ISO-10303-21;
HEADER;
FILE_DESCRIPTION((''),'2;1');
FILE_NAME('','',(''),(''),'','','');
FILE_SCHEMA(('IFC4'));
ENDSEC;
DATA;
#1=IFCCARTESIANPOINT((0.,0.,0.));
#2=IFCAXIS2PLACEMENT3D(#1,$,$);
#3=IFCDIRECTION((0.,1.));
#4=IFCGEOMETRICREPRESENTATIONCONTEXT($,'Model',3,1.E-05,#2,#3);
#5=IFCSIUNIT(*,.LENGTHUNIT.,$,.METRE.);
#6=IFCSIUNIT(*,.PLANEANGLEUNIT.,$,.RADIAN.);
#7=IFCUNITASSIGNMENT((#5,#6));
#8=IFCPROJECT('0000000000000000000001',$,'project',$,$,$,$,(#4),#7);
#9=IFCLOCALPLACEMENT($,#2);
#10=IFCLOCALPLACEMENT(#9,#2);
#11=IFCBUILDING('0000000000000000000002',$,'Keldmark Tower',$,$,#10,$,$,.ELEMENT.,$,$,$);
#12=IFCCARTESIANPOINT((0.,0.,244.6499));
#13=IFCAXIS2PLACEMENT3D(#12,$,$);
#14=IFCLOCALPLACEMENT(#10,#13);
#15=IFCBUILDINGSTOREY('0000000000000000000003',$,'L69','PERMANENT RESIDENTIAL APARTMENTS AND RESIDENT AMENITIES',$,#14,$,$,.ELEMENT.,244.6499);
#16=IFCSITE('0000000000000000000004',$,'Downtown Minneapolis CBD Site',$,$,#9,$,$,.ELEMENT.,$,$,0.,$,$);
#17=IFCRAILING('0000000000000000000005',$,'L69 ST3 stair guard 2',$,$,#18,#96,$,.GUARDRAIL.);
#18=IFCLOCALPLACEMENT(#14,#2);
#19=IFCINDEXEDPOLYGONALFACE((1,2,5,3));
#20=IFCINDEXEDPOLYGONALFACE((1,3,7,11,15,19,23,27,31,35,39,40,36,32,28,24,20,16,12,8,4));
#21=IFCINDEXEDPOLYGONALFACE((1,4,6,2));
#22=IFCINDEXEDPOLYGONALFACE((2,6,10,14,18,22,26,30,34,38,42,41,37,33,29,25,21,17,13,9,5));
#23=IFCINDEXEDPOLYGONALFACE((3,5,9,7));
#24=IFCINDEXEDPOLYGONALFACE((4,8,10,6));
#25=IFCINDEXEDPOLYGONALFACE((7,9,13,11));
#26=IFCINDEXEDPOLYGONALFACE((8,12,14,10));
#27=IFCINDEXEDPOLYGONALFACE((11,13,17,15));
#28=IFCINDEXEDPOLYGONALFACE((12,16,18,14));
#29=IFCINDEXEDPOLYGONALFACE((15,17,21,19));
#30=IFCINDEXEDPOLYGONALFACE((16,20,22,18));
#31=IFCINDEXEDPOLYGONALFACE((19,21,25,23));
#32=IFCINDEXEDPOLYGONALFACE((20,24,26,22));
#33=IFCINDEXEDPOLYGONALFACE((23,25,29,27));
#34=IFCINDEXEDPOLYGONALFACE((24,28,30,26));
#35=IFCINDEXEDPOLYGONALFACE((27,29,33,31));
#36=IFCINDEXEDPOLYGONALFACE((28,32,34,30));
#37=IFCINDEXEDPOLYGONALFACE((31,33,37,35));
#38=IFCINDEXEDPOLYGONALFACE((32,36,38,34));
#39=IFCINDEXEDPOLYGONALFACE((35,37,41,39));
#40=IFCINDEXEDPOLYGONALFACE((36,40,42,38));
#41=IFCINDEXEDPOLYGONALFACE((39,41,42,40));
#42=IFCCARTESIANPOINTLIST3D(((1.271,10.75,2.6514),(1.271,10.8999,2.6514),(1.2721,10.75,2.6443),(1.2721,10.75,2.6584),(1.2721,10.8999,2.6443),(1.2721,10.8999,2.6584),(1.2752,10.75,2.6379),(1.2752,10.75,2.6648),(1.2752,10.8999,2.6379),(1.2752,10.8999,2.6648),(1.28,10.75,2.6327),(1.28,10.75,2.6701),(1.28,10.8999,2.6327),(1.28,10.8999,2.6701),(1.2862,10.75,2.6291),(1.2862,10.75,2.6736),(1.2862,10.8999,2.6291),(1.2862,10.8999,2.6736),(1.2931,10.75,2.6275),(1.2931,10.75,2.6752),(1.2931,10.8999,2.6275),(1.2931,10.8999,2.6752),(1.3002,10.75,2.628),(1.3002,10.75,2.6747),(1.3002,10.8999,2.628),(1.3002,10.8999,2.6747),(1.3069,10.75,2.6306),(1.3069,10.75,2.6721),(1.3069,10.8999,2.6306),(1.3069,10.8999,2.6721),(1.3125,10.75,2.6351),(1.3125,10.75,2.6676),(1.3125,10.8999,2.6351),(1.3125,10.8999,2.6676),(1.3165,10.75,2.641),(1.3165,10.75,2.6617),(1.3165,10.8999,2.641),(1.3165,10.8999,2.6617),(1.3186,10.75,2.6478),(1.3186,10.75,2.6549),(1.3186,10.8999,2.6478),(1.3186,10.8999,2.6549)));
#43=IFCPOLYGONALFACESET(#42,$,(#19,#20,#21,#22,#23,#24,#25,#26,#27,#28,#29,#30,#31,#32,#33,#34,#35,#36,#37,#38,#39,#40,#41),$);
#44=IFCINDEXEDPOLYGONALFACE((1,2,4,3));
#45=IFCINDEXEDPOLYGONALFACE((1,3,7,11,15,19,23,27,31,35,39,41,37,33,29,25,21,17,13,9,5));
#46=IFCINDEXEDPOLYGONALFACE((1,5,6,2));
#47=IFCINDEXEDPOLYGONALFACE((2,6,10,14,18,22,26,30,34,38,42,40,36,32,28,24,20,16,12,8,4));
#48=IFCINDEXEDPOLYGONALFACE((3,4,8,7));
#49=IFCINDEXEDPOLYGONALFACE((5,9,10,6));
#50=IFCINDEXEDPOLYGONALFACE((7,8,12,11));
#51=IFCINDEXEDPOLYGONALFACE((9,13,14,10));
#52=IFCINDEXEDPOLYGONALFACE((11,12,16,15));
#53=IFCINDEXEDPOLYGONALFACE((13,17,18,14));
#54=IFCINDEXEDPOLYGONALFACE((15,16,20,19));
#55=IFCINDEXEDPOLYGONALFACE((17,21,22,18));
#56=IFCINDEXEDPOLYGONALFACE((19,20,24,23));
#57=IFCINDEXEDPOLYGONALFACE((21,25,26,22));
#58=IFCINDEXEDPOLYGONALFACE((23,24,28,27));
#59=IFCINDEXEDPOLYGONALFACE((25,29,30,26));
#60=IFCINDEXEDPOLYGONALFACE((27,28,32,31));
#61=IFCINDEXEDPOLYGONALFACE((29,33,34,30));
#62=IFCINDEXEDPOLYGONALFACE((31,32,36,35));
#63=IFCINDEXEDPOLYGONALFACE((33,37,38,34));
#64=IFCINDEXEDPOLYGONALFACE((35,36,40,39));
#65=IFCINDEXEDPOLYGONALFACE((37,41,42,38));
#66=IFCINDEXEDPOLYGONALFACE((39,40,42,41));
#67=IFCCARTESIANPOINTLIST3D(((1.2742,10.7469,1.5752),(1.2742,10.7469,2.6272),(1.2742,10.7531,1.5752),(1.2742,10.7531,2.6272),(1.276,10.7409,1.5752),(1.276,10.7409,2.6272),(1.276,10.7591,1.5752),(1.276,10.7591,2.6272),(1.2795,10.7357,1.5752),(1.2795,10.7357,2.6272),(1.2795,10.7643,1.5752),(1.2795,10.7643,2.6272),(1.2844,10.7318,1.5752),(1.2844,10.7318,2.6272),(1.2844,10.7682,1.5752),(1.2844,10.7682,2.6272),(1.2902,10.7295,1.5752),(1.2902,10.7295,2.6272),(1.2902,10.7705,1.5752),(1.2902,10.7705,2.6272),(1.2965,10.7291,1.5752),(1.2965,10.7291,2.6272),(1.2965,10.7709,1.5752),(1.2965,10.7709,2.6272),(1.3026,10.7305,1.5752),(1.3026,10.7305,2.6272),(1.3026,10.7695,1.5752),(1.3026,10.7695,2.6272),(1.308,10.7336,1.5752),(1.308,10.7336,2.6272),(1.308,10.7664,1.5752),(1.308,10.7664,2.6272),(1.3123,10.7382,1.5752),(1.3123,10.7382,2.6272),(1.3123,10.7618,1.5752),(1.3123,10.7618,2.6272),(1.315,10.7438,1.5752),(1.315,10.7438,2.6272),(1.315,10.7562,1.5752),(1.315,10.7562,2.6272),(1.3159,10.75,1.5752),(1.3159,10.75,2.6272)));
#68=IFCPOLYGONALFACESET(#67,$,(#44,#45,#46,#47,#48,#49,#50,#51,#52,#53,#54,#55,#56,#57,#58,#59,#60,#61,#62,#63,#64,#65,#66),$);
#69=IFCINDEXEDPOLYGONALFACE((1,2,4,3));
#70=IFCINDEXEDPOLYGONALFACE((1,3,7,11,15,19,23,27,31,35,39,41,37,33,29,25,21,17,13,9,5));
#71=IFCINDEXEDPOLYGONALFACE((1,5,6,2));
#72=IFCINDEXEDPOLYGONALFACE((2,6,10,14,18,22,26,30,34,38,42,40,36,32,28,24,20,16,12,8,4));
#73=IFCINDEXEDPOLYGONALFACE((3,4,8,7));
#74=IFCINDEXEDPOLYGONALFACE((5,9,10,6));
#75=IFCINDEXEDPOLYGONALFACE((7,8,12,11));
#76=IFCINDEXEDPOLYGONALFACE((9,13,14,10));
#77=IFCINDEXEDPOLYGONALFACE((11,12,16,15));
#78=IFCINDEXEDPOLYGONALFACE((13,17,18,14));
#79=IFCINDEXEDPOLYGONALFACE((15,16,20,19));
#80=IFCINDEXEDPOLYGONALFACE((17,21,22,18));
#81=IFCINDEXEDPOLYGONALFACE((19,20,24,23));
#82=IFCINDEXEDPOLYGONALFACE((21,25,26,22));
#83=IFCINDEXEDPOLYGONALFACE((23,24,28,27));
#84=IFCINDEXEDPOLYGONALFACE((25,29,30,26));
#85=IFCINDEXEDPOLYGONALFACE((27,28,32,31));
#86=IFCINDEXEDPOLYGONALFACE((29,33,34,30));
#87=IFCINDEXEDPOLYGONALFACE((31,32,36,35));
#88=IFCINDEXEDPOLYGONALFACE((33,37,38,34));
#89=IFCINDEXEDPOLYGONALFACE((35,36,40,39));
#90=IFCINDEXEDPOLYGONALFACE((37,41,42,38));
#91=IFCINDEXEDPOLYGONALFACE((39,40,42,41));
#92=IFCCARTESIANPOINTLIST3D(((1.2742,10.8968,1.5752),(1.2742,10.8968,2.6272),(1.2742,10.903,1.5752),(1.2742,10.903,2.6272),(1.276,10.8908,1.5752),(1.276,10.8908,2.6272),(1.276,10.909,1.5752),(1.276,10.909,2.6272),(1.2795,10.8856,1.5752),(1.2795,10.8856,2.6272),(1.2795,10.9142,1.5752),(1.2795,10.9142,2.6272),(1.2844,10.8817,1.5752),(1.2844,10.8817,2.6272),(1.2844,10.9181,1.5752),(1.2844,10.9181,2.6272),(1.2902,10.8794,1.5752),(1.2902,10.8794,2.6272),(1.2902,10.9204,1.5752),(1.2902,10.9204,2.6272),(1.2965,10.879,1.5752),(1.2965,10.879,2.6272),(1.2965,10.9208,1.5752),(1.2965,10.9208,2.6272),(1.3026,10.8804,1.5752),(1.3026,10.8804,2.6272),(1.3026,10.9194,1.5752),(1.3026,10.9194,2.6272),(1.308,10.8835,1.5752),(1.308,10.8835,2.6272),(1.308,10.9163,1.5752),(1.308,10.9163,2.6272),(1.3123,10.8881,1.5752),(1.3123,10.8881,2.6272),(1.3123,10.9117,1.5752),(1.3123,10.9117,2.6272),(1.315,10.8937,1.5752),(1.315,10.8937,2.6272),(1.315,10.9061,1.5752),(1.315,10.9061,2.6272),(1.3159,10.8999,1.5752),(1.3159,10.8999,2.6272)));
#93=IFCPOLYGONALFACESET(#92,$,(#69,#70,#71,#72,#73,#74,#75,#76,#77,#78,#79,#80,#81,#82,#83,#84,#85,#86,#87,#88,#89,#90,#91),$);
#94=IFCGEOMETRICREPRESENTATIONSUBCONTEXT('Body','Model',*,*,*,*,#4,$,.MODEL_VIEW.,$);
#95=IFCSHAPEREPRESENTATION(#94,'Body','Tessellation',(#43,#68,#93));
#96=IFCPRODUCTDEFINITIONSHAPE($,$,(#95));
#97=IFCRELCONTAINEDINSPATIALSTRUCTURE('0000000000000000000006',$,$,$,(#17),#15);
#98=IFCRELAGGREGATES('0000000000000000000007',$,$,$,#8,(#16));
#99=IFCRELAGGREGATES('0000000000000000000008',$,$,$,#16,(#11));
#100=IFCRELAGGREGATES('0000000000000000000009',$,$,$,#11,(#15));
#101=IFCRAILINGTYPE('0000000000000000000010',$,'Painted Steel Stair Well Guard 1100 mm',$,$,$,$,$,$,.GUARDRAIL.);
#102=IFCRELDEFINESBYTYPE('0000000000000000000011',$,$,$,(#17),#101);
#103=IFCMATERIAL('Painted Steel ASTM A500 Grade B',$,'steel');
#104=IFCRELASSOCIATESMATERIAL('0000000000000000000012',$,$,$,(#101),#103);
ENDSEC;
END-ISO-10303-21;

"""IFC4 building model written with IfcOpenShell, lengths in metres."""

from ifc_helpers import new_model, si_unit, direction, frame, origin, origin_2d, place, context, subcontext, project, spatial, circle, extrude, material, type_object, element, save


model = new_model("IFC4")

# Units and contexts
model_context = context("Model", 3, precision=1e-05, world=origin(), true_north=direction((0.0, 1.0)))
body_context = subcontext(model_context, "Body", "Model", "MODEL_VIEW")
ifc_project = project(units=[si_unit("LENGTHUNIT", "METRE"), si_unit("PLANEANGLEUNIT", "RADIAN")], contexts=[model_context])

# Site, building, storey
site_placement = place(None, origin())
site = spatial("IfcSite", under=ifc_project, at=site_placement, Name="Downtown Minneapolis CBD Site", CompositionType="ELEMENT", RefElevation=0.0)
building_placement = place(site_placement, origin())
building = spatial("IfcBuilding", under=site, at=building_placement, Name="Keldmark Tower", CompositionType="ELEMENT")
storey_placement = place(building_placement, frame((0.0, 0.0, 244.6499)))
storey = spatial("IfcBuildingStorey", under=building, at=storey_placement, Name="L69", Description="PERMANENT RESIDENTIAL APARTMENTS AND RESIDENT AMENITIES", CompositionType="ELEMENT", Elevation=244.6499)

# Railing
ifc_material_1 = material(Name="Painted Steel ASTM A500 Grade B", Category="steel")
railing_type_1 = type_object("IfcRailingType", Name="Painted Steel Stair Well Guard 1100 mm", PredefinedType="GUARDRAIL", material=ifc_material_1)
railing_1_placement = place(storey_placement, frame((1.2949, 10.75, 1.5752)))
element("IfcRailing", 1, at=railing_1_placement, inside=storey, type_object=railing_type_1, Name="L69 ST3 stair guard 2", PredefinedType="GUARDRAIL", context=body_context, shape_type="SweptSolid", body=[
    extrude(circle(Radius=0.0239, at=origin_2d()), frame((0.0, 0.0, 1.0762), z_axis=(0.0, 1.0, 0.0), x_axis=(-1.0, 0.0, 0.0)), (0.0, 0.0, 1.0), 0.1499),
    extrude(circle(Radius=0.021, at=origin_2d()), origin(), (0.0, 0.0, 1.0), 1.052),
    extrude(circle(Radius=0.021, at=origin_2d()), frame((0.0, 0.1499, 0.0)), (0.0, 0.0, 1.0), 1.052),
])

save(model, "model.ifc")
